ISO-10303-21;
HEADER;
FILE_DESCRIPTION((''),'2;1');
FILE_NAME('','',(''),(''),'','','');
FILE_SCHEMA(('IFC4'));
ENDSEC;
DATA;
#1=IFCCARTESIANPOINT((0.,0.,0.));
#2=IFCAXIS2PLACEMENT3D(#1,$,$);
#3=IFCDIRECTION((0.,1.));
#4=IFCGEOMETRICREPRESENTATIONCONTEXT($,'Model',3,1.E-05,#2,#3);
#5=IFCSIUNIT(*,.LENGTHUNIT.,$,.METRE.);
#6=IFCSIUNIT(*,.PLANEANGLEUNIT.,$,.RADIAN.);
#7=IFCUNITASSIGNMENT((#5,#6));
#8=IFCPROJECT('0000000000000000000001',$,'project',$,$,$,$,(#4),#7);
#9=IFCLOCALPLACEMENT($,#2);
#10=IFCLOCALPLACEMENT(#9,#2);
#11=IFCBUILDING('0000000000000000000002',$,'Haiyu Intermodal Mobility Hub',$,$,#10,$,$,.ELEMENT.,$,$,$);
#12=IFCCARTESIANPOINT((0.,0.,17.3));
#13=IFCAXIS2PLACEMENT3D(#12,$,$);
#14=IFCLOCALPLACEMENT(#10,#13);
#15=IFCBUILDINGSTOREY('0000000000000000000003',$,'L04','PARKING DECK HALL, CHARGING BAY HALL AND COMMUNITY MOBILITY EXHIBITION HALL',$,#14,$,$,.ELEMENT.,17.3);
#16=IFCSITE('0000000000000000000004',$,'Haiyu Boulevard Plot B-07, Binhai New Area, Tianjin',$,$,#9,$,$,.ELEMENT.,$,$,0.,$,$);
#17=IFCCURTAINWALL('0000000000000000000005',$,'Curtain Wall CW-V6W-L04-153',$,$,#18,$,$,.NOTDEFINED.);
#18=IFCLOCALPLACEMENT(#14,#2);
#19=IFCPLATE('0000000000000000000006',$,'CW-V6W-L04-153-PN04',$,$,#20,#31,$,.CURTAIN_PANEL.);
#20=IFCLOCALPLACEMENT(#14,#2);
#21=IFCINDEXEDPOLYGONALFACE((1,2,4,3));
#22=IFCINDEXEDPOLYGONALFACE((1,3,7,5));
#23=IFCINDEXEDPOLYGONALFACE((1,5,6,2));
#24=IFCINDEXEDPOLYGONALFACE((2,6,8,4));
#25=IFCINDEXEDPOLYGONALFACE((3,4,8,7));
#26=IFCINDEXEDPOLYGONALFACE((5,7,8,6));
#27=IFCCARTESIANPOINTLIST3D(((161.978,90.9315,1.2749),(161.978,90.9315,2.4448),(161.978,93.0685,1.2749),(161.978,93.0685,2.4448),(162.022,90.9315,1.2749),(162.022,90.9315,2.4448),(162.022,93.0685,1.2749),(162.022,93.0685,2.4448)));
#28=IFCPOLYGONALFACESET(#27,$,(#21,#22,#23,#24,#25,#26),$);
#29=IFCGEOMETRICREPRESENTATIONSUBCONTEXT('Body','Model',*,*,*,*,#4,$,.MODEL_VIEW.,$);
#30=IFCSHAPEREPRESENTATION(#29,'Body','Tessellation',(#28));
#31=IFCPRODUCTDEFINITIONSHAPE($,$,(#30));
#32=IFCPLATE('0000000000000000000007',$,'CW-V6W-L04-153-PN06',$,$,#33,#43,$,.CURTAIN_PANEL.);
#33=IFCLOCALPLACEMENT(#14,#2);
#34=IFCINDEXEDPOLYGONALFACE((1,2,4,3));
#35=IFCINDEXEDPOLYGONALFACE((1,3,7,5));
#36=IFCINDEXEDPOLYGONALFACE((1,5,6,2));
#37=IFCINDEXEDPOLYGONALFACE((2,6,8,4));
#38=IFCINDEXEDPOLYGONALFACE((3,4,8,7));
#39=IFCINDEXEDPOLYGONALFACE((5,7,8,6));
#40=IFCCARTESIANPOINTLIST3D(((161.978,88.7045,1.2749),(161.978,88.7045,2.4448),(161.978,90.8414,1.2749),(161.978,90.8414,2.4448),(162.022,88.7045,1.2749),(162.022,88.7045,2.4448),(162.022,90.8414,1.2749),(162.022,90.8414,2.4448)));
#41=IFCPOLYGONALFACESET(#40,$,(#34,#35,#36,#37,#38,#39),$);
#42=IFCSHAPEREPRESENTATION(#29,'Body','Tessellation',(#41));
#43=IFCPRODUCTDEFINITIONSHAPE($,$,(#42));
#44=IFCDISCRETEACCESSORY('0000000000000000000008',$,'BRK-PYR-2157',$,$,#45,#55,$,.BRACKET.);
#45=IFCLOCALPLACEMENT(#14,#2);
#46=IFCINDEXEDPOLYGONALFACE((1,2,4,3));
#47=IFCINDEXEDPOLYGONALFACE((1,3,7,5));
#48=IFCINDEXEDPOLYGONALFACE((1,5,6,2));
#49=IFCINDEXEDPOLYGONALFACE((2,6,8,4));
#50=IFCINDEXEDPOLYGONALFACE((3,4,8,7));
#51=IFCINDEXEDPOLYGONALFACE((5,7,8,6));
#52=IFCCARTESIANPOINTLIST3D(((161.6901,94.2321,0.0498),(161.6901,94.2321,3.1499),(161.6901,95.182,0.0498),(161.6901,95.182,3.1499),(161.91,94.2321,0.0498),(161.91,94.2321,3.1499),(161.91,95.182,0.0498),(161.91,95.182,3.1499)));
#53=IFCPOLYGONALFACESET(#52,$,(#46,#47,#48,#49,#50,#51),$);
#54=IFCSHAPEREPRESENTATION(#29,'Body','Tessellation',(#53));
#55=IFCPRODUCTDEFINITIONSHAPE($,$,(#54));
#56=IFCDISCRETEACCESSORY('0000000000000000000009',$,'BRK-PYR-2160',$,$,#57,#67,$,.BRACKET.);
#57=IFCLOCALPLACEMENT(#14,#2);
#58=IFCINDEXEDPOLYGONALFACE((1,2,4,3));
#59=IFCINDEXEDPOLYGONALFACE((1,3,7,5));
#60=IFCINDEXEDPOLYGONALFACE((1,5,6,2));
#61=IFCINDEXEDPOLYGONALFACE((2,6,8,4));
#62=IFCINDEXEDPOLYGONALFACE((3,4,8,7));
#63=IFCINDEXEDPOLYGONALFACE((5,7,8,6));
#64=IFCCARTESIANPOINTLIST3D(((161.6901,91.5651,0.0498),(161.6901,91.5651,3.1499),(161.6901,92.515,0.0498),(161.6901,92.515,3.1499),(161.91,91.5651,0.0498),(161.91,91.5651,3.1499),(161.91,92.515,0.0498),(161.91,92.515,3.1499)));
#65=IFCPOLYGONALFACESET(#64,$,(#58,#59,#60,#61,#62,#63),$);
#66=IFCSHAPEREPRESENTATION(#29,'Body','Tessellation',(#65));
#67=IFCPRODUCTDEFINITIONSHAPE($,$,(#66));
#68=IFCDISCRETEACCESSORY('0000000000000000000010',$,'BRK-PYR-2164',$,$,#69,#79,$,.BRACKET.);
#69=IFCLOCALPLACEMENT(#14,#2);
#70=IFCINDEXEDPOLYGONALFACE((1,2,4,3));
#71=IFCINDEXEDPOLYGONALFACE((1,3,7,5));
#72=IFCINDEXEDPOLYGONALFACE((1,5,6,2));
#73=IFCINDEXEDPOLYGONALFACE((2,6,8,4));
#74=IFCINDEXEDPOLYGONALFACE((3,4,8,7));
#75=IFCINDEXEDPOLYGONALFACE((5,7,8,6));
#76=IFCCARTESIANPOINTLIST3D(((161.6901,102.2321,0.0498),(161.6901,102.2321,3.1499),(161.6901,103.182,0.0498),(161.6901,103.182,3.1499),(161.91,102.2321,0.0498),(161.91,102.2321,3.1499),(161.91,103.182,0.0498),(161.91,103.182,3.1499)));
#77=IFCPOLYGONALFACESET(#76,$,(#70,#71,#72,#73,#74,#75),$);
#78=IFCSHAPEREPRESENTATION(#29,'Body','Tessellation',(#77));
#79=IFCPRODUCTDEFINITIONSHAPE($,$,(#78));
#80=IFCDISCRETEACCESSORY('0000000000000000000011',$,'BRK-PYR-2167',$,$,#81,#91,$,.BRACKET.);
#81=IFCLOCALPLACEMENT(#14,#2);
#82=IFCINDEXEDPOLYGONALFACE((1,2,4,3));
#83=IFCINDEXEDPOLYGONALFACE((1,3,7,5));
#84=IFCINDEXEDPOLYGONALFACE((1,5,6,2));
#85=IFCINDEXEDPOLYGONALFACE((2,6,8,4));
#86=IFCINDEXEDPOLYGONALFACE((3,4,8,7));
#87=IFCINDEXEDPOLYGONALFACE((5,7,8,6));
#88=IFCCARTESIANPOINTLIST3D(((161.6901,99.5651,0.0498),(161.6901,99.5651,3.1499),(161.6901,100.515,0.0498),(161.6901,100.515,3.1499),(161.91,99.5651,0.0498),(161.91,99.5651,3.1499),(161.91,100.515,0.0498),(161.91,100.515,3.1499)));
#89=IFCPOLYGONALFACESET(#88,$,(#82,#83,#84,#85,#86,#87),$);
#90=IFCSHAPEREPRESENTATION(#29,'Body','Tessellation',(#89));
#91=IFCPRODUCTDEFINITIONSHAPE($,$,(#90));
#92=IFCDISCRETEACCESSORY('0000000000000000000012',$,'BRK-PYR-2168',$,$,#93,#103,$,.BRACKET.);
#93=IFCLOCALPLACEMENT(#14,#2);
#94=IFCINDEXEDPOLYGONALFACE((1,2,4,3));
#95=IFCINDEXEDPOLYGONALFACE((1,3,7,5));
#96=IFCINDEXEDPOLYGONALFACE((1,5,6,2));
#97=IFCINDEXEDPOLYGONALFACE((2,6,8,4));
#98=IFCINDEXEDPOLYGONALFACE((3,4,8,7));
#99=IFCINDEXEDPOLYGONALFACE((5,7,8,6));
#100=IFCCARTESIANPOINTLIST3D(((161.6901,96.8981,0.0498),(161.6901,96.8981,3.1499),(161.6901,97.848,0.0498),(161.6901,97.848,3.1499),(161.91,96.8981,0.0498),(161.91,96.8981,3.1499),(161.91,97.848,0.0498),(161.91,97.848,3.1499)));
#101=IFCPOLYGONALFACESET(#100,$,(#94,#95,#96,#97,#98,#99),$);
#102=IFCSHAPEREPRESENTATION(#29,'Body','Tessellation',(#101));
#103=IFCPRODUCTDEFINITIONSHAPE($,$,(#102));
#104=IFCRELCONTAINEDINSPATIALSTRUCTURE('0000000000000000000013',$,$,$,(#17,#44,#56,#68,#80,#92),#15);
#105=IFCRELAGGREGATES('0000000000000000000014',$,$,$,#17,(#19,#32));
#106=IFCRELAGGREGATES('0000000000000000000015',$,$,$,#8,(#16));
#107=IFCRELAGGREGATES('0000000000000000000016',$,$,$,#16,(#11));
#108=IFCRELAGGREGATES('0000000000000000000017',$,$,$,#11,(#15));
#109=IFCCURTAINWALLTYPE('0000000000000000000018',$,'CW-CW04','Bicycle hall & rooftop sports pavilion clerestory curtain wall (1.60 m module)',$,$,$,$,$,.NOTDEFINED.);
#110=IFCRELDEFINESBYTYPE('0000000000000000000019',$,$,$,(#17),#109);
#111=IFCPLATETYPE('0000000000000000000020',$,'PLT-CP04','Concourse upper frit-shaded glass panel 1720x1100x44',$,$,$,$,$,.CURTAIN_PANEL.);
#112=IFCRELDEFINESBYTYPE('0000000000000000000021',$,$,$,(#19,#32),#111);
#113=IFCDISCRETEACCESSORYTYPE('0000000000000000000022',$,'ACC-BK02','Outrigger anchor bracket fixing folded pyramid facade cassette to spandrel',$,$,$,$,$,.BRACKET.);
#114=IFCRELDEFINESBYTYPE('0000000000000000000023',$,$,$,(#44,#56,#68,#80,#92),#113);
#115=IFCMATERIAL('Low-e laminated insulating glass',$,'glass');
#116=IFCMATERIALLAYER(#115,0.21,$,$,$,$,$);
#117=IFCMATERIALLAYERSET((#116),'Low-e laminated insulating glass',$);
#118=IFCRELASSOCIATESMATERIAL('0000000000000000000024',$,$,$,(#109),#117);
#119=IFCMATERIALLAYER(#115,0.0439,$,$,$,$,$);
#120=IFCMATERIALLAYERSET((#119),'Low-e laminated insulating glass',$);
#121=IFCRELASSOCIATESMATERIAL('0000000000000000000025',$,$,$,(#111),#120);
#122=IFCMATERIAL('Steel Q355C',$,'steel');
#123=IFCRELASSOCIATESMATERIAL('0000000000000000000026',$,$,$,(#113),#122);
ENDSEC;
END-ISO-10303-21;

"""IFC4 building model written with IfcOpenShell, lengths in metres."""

from ifc_helpers import new_model, si_unit, direction, frame, origin, origin_2d, place, context, subcontext, project, spatial, rectangle, extrude, material, layer, layer_set, type_object, element, aggregate, save


model = new_model("IFC4")

# Units and contexts
model_context = context("Model", 3, precision=1e-05, world=origin(), true_north=direction((0.0, 1.0)))
body_context = subcontext(model_context, "Body", "Model", "MODEL_VIEW")
ifc_project = project(units=[si_unit("LENGTHUNIT", "METRE"), si_unit("PLANEANGLEUNIT", "RADIAN")], contexts=[model_context])

# Site, building, storey
site_placement = place(None, origin())
site = spatial("IfcSite", under=ifc_project, at=site_placement, Name="Haiyu Boulevard Plot B-07, Binhai New Area, Tianjin", CompositionType="ELEMENT", RefElevation=0.0)
building_placement = place(site_placement, origin())
building = spatial("IfcBuilding", under=site, at=building_placement, Name="Haiyu Intermodal Mobility Hub", CompositionType="ELEMENT")
storey_placement = place(building_placement, frame((0.0, 0.0, 17.3)))
storey = spatial("IfcBuildingStorey", under=building, at=storey_placement, Name="L04", Description="PARKING DECK HALL, CHARGING BAY HALL AND COMMUNITY MOBILITY EXHIBITION HALL", CompositionType="ELEMENT", Elevation=17.3)

# Curtain wall
ifc_material_1 = material(Name="Low-e laminated insulating glass", Category="glass")
ifc_layer_1 = layer(ifc_material_1, 0.21)
ifc_layer_set_1 = layer_set([ifc_layer_1], Name="Low-e laminated insulating glass")
curtain_wall_type = type_object("IfcCurtainWallType", Name="CW-CW04", Description="Bicycle hall & rooftop sports pavilion clerestory curtain wall (1.60 m module)", PredefinedType="NOTDEFINED", material=ifc_layer_set_1)
curtain_wall_1_placement = place(storey_placement, origin())
curtain_wall_1 = element("IfcCurtainWall", 1, at=curtain_wall_1_placement, inside=storey, type_object=curtain_wall_type, Name="Curtain Wall CW-V6W-L04-153", PredefinedType="NOTDEFINED")

# Plates
ifc_layer_2 = layer(ifc_material_1, 0.0439)
ifc_layer_set_2 = layer_set([ifc_layer_2], Name="Low-e laminated insulating glass")
plate_type_1 = type_object("IfcPlateType", Name="PLT-CP04", Description="Concourse upper frit-shaded glass panel 1720x1100x44", PredefinedType="CURTAIN_PANEL", material=ifc_layer_set_2)
plate_1_placement = place(storey_placement, frame((162.0, 92.0, 1.2749), z_axis=(0.0, 0.0, 1.0), x_axis=(0.0, -1.0, 0.0)))
plate_1 = element("IfcPlate", 2, at=plate_1_placement, type_object=plate_type_1, Name="CW-V6W-L04-153-PN04", PredefinedType="CURTAIN_PANEL", context=body_context, shape_type="SweptSolid", body=[
    extrude(rectangle(XDim=2.137, YDim=0.0439, at=origin_2d()), origin(), (0.0, 0.0, 1.0), 1.1699),
])
plate_2_placement = place(storey_placement, frame((162.0, 89.7729, 1.2749), z_axis=(0.0, 0.0, 1.0), x_axis=(0.0, -1.0, 0.0)))
plate_2 = element("IfcPlate", 3, at=plate_2_placement, type_object=plate_type_1, Name="CW-V6W-L04-153-PN06", PredefinedType="CURTAIN_PANEL", context=body_context, shape_type="SweptSolid", body=[
    extrude(rectangle(XDim=2.137, YDim=0.0439, at=origin_2d()), origin(), (0.0, 0.0, 1.0), 1.1699),
])
aggregate(curtain_wall_1, [plate_1, plate_2])

# Discrete accessories
ifc_material_2 = material(Name="Steel Q355C", Category="steel")
discrete_accessory_type = type_object("IfcDiscreteAccessoryType", Name="ACC-BK02", Description="Outrigger anchor bracket fixing folded pyramid facade cassette to spandrel", PredefinedType="BRACKET", material=ifc_material_2)
for number, where, z_axis, x_axis, name in (
    (4, (161.8, 94.707, 0.0498), (0.0, 0.0, 1.0), (1.0, 0.0, 0.0), "BRK-PYR-2157"),
    (5, (161.8, 92.04, 0.0498), (0.0, 0.0, 1.0), (1.0, 0.0, 0.0), "BRK-PYR-2160"),
    (6, (161.8, 102.707, 0.0498), (0.0, 0.0, 1.0), (1.0, 0.0, 0.0), "BRK-PYR-2164"),
    (7, (161.8, 100.04, 0.0498), (0.0, 0.0, 1.0), (1.0, 0.0, 0.0), "BRK-PYR-2167"),
    (8, (161.8, 97.373, 0.0498), (0.0, 0.0, 1.0), (1.0, 0.0, 0.0), "BRK-PYR-2168"),
):
    element("IfcDiscreteAccessory", number, at=place(storey_placement, frame(where, z_axis=z_axis, x_axis=x_axis)), inside=storey, type_object=discrete_accessory_type, Name=name, PredefinedType="BRACKET", context=body_context, shape_type="SweptSolid", body=[
        extrude(rectangle(XDim=0.22, YDim=0.95, at=origin_2d()), origin(), (0.0, 0.0, 1.0), 3.1001),
    ])

save(model, "model.ifc")
